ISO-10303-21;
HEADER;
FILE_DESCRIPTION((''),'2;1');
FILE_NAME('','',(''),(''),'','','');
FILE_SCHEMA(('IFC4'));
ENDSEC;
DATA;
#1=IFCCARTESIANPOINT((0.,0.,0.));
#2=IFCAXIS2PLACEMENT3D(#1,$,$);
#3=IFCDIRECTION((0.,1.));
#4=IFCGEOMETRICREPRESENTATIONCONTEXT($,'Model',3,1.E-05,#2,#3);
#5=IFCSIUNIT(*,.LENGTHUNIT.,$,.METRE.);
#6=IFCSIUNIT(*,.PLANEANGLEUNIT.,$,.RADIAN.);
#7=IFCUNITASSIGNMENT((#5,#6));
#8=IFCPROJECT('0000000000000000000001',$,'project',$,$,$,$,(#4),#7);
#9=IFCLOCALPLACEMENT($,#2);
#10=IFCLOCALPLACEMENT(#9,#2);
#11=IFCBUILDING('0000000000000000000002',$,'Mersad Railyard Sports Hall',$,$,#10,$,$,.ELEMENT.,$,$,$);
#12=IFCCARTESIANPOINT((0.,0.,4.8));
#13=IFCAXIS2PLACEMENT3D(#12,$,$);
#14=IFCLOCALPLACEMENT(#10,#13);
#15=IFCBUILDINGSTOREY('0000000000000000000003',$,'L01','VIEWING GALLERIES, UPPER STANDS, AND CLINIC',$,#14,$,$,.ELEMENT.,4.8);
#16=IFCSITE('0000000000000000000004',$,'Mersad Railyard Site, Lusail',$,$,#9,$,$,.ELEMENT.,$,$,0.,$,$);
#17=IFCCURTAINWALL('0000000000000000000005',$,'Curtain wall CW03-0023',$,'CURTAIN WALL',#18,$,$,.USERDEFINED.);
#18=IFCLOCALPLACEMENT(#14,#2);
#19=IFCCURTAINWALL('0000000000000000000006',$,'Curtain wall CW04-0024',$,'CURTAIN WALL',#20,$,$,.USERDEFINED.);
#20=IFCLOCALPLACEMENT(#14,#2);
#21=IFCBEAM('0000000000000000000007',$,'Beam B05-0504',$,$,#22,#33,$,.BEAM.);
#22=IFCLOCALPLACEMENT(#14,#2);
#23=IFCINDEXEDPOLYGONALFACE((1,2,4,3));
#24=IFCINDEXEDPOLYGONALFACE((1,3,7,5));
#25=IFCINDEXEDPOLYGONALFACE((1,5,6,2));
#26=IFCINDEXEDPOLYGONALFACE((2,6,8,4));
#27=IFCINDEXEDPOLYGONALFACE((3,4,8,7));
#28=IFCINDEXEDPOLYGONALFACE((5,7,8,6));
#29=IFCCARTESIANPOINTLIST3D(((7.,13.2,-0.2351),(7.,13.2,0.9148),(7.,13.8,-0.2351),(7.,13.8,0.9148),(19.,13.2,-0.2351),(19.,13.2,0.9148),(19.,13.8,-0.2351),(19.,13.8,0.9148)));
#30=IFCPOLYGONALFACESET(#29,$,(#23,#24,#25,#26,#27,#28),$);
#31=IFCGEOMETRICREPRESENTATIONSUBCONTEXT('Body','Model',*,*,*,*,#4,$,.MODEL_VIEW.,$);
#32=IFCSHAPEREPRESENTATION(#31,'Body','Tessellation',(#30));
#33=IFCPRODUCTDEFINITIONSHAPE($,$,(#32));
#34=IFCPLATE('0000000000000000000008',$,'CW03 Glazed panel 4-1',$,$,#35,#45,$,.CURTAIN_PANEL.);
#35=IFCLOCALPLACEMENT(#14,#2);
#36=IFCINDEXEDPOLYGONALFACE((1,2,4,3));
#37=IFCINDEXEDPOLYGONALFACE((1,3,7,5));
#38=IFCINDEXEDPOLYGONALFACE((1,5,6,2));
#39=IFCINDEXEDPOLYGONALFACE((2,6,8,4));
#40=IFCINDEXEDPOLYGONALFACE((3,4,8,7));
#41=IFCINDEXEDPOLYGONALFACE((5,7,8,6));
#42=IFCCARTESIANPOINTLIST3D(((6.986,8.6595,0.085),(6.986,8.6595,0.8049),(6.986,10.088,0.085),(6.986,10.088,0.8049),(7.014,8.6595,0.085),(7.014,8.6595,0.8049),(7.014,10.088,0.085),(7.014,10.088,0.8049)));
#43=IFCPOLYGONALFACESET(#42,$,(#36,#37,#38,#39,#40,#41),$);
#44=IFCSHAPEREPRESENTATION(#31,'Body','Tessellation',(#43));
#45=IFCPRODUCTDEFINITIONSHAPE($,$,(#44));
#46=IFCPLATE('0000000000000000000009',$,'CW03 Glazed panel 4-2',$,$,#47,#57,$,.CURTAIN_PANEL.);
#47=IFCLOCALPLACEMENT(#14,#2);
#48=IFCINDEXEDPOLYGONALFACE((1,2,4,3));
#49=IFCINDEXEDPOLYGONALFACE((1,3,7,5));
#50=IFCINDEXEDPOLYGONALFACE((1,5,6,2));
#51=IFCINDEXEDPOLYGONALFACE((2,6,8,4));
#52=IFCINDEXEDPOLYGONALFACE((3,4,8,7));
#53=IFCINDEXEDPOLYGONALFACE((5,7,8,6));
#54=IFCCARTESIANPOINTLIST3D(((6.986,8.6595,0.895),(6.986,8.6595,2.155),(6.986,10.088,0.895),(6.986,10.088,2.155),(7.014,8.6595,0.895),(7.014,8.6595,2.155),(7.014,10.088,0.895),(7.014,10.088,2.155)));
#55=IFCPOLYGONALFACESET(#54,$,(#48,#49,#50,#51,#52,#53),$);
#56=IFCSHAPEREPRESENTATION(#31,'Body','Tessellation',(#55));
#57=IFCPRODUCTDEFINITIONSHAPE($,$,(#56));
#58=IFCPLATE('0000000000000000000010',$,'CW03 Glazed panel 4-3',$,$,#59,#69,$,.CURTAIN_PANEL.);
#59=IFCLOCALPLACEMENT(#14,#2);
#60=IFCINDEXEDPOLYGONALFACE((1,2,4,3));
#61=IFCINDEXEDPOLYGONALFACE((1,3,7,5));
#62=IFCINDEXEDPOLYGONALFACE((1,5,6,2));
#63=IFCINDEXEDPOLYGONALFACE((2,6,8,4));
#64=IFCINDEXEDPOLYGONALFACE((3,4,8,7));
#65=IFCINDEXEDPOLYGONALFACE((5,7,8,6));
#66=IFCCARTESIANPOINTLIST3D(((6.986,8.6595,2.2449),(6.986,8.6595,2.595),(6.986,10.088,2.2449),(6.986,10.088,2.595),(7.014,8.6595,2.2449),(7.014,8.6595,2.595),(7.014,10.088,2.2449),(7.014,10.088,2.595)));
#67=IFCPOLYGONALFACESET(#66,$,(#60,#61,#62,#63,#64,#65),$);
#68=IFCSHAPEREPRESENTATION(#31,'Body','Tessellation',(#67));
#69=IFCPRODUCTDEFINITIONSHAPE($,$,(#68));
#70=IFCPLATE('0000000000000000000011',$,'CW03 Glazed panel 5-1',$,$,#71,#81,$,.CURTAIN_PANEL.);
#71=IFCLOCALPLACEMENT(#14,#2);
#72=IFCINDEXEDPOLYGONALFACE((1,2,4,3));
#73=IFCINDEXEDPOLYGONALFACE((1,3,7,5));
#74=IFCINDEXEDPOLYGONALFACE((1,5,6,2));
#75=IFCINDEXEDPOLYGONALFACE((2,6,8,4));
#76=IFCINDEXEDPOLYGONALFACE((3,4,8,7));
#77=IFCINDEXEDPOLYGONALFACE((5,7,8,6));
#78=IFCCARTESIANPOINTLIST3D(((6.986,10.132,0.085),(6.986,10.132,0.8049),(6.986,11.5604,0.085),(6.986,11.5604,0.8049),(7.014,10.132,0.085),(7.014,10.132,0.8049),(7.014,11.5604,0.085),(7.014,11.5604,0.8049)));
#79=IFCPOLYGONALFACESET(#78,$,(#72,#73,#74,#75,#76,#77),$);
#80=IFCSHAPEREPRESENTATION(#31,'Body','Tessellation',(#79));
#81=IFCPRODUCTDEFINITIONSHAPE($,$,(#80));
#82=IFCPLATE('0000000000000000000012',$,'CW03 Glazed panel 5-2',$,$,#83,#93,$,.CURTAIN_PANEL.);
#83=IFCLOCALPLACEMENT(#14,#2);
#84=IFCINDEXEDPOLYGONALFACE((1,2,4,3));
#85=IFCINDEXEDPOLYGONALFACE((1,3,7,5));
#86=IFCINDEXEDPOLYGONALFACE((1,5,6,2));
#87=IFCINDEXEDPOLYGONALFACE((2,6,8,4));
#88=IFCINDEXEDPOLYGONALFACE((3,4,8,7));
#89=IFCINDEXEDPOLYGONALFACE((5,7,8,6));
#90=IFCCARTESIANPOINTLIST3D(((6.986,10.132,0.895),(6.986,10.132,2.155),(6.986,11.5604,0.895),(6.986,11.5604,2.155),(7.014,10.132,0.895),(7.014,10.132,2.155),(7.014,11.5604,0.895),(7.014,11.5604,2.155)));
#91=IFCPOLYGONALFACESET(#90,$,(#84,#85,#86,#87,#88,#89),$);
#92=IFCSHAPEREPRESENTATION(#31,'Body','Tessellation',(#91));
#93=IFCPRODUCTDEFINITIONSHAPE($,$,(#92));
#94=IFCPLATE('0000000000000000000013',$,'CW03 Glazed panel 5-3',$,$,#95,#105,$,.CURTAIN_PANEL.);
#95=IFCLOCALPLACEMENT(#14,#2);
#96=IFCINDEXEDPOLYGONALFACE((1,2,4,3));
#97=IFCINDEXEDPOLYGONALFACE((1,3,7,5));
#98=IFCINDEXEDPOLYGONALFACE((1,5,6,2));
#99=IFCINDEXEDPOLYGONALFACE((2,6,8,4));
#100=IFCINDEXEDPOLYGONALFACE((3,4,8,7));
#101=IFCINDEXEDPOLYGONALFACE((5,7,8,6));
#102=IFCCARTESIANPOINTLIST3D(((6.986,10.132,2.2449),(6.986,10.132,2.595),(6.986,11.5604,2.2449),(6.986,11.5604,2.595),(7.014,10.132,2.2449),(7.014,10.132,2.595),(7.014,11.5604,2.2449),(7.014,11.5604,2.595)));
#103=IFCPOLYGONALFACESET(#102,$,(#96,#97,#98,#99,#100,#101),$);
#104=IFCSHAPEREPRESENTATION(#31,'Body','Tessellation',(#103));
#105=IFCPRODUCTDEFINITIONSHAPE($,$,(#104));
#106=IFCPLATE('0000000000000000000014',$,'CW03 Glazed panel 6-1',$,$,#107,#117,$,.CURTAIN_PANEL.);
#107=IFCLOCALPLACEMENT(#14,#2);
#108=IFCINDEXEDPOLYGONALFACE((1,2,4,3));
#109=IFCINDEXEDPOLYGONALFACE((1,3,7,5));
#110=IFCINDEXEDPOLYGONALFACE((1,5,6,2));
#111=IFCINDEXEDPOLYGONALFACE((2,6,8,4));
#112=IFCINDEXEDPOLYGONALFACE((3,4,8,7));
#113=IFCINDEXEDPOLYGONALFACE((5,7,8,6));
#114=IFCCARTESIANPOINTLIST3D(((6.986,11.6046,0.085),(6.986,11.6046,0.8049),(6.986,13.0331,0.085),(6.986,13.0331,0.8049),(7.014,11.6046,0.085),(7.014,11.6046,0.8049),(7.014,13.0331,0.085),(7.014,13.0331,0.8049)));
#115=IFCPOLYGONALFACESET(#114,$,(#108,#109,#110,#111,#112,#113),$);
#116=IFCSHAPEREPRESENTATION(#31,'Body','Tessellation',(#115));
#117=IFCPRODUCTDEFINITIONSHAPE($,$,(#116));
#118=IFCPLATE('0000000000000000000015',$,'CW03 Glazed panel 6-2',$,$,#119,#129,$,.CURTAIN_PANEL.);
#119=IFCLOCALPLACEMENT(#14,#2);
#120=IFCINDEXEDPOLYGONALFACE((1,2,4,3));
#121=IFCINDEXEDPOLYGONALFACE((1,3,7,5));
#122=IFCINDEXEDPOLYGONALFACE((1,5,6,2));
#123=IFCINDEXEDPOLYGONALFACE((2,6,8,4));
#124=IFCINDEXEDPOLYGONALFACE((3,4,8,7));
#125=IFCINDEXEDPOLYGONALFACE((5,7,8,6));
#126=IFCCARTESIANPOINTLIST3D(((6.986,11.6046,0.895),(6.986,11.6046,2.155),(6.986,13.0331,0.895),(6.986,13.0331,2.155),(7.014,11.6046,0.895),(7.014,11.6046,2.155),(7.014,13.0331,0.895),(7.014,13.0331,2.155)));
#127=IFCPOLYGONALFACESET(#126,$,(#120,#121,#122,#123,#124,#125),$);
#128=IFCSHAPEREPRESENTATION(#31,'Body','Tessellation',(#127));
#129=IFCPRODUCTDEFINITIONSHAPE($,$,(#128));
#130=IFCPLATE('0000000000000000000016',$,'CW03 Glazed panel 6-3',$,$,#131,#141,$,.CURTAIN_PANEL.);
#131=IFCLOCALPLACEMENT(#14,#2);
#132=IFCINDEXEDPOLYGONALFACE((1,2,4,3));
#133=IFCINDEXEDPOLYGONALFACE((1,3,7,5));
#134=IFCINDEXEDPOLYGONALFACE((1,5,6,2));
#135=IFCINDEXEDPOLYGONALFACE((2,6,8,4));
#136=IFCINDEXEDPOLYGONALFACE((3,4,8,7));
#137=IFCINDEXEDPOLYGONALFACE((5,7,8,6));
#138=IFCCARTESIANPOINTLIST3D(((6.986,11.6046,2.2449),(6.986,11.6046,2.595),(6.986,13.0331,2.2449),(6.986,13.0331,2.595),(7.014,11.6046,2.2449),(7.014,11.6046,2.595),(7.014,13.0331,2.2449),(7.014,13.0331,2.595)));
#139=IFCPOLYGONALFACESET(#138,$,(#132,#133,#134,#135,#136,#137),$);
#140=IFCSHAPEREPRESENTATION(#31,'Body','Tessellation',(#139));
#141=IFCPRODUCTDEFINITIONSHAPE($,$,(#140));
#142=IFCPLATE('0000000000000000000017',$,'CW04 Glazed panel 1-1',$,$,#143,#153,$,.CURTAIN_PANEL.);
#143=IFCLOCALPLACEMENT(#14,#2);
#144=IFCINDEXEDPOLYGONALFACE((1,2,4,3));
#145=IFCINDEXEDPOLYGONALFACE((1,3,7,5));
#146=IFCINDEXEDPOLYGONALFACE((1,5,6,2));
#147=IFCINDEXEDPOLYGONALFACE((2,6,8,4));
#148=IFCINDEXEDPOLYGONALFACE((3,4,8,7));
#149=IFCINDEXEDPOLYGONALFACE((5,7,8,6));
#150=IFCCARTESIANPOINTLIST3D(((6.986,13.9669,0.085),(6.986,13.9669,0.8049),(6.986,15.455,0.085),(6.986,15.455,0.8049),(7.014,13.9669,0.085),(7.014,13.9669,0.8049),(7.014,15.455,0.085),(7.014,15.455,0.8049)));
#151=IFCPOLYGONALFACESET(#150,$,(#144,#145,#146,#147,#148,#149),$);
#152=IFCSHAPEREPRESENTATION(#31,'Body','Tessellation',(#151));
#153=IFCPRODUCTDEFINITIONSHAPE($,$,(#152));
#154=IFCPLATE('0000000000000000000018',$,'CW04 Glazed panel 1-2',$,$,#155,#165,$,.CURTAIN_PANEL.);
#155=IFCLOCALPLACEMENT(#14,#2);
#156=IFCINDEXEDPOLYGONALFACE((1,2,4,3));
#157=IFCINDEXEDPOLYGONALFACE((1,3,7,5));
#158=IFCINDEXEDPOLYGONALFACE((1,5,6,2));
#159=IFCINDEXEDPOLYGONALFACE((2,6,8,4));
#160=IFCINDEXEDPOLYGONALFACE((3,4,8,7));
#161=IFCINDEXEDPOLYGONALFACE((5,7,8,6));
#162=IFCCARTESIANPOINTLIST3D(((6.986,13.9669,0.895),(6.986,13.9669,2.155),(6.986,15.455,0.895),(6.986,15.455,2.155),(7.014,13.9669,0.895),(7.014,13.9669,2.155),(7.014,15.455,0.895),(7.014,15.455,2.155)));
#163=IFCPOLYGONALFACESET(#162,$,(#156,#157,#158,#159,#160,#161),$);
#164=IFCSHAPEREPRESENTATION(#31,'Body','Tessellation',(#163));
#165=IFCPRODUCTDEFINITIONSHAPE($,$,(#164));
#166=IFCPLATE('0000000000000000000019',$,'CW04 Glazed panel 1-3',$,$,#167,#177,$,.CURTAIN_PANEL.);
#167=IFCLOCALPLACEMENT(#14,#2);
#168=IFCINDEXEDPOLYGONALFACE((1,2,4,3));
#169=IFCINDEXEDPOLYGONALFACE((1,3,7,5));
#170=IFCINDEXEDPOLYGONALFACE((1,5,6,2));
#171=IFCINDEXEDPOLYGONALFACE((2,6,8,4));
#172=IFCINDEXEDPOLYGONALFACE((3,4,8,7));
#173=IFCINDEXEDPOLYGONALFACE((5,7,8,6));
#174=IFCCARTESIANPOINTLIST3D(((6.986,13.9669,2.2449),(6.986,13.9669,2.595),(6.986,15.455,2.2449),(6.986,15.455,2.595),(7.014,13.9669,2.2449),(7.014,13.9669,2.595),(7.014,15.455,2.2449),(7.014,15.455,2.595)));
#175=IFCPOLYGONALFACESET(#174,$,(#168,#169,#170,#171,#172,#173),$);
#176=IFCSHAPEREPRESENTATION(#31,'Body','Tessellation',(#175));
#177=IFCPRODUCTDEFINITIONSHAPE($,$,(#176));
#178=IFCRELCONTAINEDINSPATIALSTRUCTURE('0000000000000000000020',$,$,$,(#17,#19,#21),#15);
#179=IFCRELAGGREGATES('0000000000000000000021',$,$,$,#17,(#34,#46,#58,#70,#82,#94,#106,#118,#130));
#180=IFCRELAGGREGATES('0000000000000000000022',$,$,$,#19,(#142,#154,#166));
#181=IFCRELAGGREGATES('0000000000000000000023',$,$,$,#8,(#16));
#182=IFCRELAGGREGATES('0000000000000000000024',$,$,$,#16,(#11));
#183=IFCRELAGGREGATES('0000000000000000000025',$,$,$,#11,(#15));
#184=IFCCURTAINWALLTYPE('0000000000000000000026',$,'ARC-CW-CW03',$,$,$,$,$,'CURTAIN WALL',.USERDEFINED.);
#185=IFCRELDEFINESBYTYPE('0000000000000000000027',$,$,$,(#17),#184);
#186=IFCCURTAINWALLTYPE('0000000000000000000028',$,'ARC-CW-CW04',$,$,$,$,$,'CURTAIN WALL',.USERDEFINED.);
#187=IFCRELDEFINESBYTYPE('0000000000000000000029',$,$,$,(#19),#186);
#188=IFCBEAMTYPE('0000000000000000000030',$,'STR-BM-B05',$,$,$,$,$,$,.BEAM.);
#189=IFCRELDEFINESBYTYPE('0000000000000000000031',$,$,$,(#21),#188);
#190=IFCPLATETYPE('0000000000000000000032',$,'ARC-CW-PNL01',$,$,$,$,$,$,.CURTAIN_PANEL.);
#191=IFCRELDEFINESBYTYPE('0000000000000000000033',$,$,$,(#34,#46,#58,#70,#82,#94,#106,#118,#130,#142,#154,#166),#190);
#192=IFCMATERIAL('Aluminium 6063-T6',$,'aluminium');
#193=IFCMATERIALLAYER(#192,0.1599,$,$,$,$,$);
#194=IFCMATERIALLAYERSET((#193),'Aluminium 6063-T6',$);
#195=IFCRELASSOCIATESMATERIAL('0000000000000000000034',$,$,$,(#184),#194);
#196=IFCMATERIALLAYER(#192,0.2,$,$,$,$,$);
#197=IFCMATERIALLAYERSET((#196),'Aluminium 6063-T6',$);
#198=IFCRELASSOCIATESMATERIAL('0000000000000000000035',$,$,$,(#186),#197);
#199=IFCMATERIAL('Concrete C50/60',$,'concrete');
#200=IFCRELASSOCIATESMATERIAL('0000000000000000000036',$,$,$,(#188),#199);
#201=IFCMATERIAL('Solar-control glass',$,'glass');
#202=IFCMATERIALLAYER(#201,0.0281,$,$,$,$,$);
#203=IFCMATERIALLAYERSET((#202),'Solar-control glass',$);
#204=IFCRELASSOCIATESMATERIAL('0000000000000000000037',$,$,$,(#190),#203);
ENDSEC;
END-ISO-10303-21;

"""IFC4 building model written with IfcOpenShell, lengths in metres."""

from ifc_helpers import new_model, si_unit, direction, frame, origin, origin_2d, place, context, subcontext, project, spatial, rectangle, extrude, material, layer, layer_set, material_profile, profile_set, type_object, element, aggregate, save


model = new_model("IFC4")

# Units and contexts
model_context = context("Model", 3, precision=1e-05, world=origin(), true_north=direction((0.0, 1.0)))
body_context = subcontext(model_context, "Body", "Model", "MODEL_VIEW")
ifc_project = project(units=[si_unit("LENGTHUNIT", "METRE"), si_unit("PLANEANGLEUNIT", "RADIAN")], contexts=[model_context])

# Site, building, storey
site_placement = place(None, origin())
site = spatial("IfcSite", under=ifc_project, at=site_placement, Name="Mersad Railyard Site, Lusail", CompositionType="ELEMENT", RefElevation=0.0)
building_placement = place(site_placement, origin())
building = spatial("IfcBuilding", under=site, at=building_placement, Name="Mersad Railyard Sports Hall", CompositionType="ELEMENT")
storey_placement = place(building_placement, frame((0.0, 0.0, 4.8)))
storey = spatial("IfcBuildingStorey", under=building, at=storey_placement, Name="L01", Description="VIEWING GALLERIES, UPPER STANDS, AND CLINIC", CompositionType="ELEMENT", Elevation=4.8)

# Shared definitions
ifc_material_1 = material(Name="Concrete C50/60", Category="concrete")

# Curtain walls
ifc_material_2 = material(Name="Aluminium 6063-T6", Category="aluminium")
ifc_layer_1 = layer(ifc_material_2, 0.1599)
ifc_layer_set_1 = layer_set([ifc_layer_1], Name="Aluminium 6063-T6")
curtain_wall_type_1 = type_object("IfcCurtainWallType", Name="ARC-CW-CW03", ElementType="CURTAIN WALL", PredefinedType="USERDEFINED", material=ifc_layer_set_1)
curtain_wall_1_placement = place(storey_placement, origin())
curtain_wall_1 = element("IfcCurtainWall", 1, at=curtain_wall_1_placement, inside=storey, type_object=curtain_wall_type_1, Name="Curtain wall CW03-0023", ObjectType="CURTAIN WALL", PredefinedType="USERDEFINED")
ifc_layer_2 = layer(ifc_material_2, 0.2)
ifc_layer_set_2 = layer_set([ifc_layer_2], Name="Aluminium 6063-T6")
curtain_wall_type_2 = type_object("IfcCurtainWallType", Name="ARC-CW-CW04", ElementType="CURTAIN WALL", PredefinedType="USERDEFINED", material=ifc_layer_set_2)
curtain_wall_2_placement = place(storey_placement, origin())
curtain_wall_2 = element("IfcCurtainWall", 2, at=curtain_wall_2_placement, inside=storey, type_object=curtain_wall_type_2, Name="Curtain wall CW04-0024", ObjectType="CURTAIN WALL", PredefinedType="USERDEFINED")

# Beam
ifc_material_profile_1 = material_profile(ifc_material_1, rectangle(XDim=0.6001, YDim=1.1499, at=origin_2d()), Name="RC 600x1150")
ifc_profile_set_1 = profile_set([ifc_material_profile_1], Name="Concrete C50/60")
beam_type_1 = type_object("IfcBeamType", Name="STR-BM-B05", PredefinedType="BEAM", material=ifc_profile_set_1)
beam_1_placement = place(storey_placement, frame((7.0, 13.5, 0.3398), z_axis=(1.0, 0.0, 0.0), x_axis=(0.0, 1.0, 0.0)))
element("IfcBeam", 3, at=beam_1_placement, inside=storey, type_object=beam_type_1, Name="Beam B05-0504", PredefinedType="BEAM", context=body_context, shape_type="SweptSolid", body=[
    extrude(rectangle(XDim=0.6001, YDim=1.1499, at=origin_2d()), origin(), (0.0, 0.0, 1.0), 12.0),
])

# Plates
ifc_material_3 = material(Name="Solar-control glass", Category="glass")
ifc_layer_3 = layer(ifc_material_3, 0.0281)
ifc_layer_set_3 = layer_set([ifc_layer_3], Name="Solar-control glass")
plate_type = type_object("IfcPlateType", Name="ARC-CW-PNL01", PredefinedType="CURTAIN_PANEL", material=ifc_layer_set_3)
plate_1_placement = place(storey_placement, frame((7.0, 9.3738, 0.085), z_axis=(0.0, 0.0, 1.0), x_axis=(0.0, 1.0, 0.0)))
plate_1 = element("IfcPlate", 4, at=plate_1_placement, type_object=plate_type, Name="CW03 Glazed panel 4-1", PredefinedType="CURTAIN_PANEL", context=body_context, shape_type="SweptSolid", body=[
    extrude(rectangle(XDim=1.4285, YDim=0.0281, at=origin_2d()), origin(), (0.0, 0.0, 1.0), 0.72),
])
plate_2_placement = place(storey_placement, frame((7.0, 9.3738, 0.895), z_axis=(0.0, 0.0, 1.0), x_axis=(0.0, 1.0, 0.0)))
plate_2 = element("IfcPlate", 5, at=plate_2_placement, type_object=plate_type, Name="CW03 Glazed panel 4-2", PredefinedType="CURTAIN_PANEL", context=body_context, shape_type="SweptSolid", body=[
    extrude(rectangle(XDim=1.4285, YDim=0.0281, at=origin_2d()), origin(), (0.0, 0.0, 1.0), 1.26),
])
plate_3_placement = place(storey_placement, frame((7.0, 9.3738, 2.2449), z_axis=(0.0, 0.0, 1.0), x_axis=(0.0, 1.0, 0.0)))
plate_3 = element("IfcPlate", 6, at=plate_3_placement, type_object=plate_type, Name="CW03 Glazed panel 4-3", PredefinedType="CURTAIN_PANEL", context=body_context, shape_type="SweptSolid", body=[
    extrude(rectangle(XDim=1.4285, YDim=0.0281, at=origin_2d()), origin(), (0.0, 0.0, 1.0), 0.3501),
])
plate_4_placement = place(storey_placement, frame((7.0, 10.8462, 0.085), z_axis=(0.0, 0.0, 1.0), x_axis=(0.0, 1.0, 0.0)))
plate_4 = element("IfcPlate", 7, at=plate_4_placement, type_object=plate_type, Name="CW03 Glazed panel 5-1", PredefinedType="CURTAIN_PANEL", context=body_context, shape_type="SweptSolid", body=[
    extrude(rectangle(XDim=1.4285, YDim=0.0281, at=origin_2d()), origin(), (0.0, 0.0, 1.0), 0.72),
])
plate_5_placement = place(storey_placement, frame((7.0, 10.8462, 0.895), z_axis=(0.0, 0.0, 1.0), x_axis=(0.0, 1.0, 0.0)))
plate_5 = element("IfcPlate", 8, at=plate_5_placement, type_object=plate_type, Name="CW03 Glazed panel 5-2", PredefinedType="CURTAIN_PANEL", context=body_context, shape_type="SweptSolid", body=[
    extrude(rectangle(XDim=1.4285, YDim=0.0281, at=origin_2d()), origin(), (0.0, 0.0, 1.0), 1.26),
])
plate_6_placement = place(storey_placement, frame((7.0, 10.8462, 2.2449), z_axis=(0.0, 0.0, 1.0), x_axis=(0.0, 1.0, 0.0)))
plate_6 = element("IfcPlate", 9, at=plate_6_placement, type_object=plate_type, Name="CW03 Glazed panel 5-3", PredefinedType="CURTAIN_PANEL", context=body_context, shape_type="SweptSolid", body=[
    extrude(rectangle(XDim=1.4285, YDim=0.0281, at=origin_2d()), origin(), (0.0, 0.0, 1.0), 0.3501),
])
plate_7_placement = place(storey_placement, frame((7.0, 12.3188, 0.085), z_axis=(0.0, 0.0, 1.0), x_axis=(0.0, 1.0, 0.0)))
plate_7 = element("IfcPlate", 10, at=plate_7_placement, type_object=plate_type, Name="CW03 Glazed panel 6-1", PredefinedType="CURTAIN_PANEL", context=body_context, shape_type="SweptSolid", body=[
    extrude(rectangle(XDim=1.4285, YDim=0.0281, at=origin_2d()), origin(), (0.0, 0.0, 1.0), 0.72),
])
plate_8_placement = place(storey_placement, frame((7.0, 12.3188, 0.895), z_axis=(0.0, 0.0, 1.0), x_axis=(0.0, 1.0, 0.0)))
plate_8 = element("IfcPlate", 11, at=plate_8_placement, type_object=plate_type, Name="CW03 Glazed panel 6-2", PredefinedType="CURTAIN_PANEL", context=body_context, shape_type="SweptSolid", body=[
    extrude(rectangle(XDim=1.4285, YDim=0.0281, at=origin_2d()), origin(), (0.0, 0.0, 1.0), 1.26),
])
plate_9_placement = place(storey_placement, frame((7.0, 12.3188, 2.2449), z_axis=(0.0, 0.0, 1.0), x_axis=(0.0, 1.0, 0.0)))
plate_9 = element("IfcPlate", 12, at=plate_9_placement, type_object=plate_type, Name="CW03 Glazed panel 6-3", PredefinedType="CURTAIN_PANEL", context=body_context, shape_type="SweptSolid", body=[
    extrude(rectangle(XDim=1.4285, YDim=0.0281, at=origin_2d()), origin(), (0.0, 0.0, 1.0), 0.3501),
])
aggregate(curtain_wall_1, [plate_1, plate_2, plate_3, plate_4, plate_5, plate_6, plate_7, plate_8, plate_9])
plate_10_placement = place(storey_placement, frame((7.0, 14.7109, 0.085), z_axis=(0.0, 0.0, 1.0), x_axis=(0.0, 1.0, 0.0)))
plate_10 = element("IfcPlate", 13, at=plate_10_placement, type_object=plate_type, Name="CW04 Glazed panel 1-1", PredefinedType="CURTAIN_PANEL", context=body_context, shape_type="SweptSolid", body=[
    extrude(rectangle(XDim=1.488, YDim=0.0281, at=origin_2d()), origin(), (0.0, 0.0, 1.0), 0.72),
])
plate_11_placement = place(storey_placement, frame((7.0, 14.7109, 0.895), z_axis=(0.0, 0.0, 1.0), x_axis=(0.0, 1.0, 0.0)))
plate_11 = element("IfcPlate", 14, at=plate_11_placement, type_object=plate_type, Name="CW04 Glazed panel 1-2", PredefinedType="CURTAIN_PANEL", context=body_context, shape_type="SweptSolid", body=[
    extrude(rectangle(XDim=1.488, YDim=0.0281, at=origin_2d()), origin(), (0.0, 0.0, 1.0), 1.26),
])
plate_12_placement = place(storey_placement, frame((7.0, 14.7109, 2.2449), z_axis=(0.0, 0.0, 1.0), x_axis=(0.0, 1.0, 0.0)))
plate_12 = element("IfcPlate", 15, at=plate_12_placement, type_object=plate_type, Name="CW04 Glazed panel 1-3", PredefinedType="CURTAIN_PANEL", context=body_context, shape_type="SweptSolid", body=[
    extrude(rectangle(XDim=1.488, YDim=0.0281, at=origin_2d()), origin(), (0.0, 0.0, 1.0), 0.3501),
])
aggregate(curtain_wall_2, [plate_10, plate_11, plate_12])

save(model, "model.ifc")
